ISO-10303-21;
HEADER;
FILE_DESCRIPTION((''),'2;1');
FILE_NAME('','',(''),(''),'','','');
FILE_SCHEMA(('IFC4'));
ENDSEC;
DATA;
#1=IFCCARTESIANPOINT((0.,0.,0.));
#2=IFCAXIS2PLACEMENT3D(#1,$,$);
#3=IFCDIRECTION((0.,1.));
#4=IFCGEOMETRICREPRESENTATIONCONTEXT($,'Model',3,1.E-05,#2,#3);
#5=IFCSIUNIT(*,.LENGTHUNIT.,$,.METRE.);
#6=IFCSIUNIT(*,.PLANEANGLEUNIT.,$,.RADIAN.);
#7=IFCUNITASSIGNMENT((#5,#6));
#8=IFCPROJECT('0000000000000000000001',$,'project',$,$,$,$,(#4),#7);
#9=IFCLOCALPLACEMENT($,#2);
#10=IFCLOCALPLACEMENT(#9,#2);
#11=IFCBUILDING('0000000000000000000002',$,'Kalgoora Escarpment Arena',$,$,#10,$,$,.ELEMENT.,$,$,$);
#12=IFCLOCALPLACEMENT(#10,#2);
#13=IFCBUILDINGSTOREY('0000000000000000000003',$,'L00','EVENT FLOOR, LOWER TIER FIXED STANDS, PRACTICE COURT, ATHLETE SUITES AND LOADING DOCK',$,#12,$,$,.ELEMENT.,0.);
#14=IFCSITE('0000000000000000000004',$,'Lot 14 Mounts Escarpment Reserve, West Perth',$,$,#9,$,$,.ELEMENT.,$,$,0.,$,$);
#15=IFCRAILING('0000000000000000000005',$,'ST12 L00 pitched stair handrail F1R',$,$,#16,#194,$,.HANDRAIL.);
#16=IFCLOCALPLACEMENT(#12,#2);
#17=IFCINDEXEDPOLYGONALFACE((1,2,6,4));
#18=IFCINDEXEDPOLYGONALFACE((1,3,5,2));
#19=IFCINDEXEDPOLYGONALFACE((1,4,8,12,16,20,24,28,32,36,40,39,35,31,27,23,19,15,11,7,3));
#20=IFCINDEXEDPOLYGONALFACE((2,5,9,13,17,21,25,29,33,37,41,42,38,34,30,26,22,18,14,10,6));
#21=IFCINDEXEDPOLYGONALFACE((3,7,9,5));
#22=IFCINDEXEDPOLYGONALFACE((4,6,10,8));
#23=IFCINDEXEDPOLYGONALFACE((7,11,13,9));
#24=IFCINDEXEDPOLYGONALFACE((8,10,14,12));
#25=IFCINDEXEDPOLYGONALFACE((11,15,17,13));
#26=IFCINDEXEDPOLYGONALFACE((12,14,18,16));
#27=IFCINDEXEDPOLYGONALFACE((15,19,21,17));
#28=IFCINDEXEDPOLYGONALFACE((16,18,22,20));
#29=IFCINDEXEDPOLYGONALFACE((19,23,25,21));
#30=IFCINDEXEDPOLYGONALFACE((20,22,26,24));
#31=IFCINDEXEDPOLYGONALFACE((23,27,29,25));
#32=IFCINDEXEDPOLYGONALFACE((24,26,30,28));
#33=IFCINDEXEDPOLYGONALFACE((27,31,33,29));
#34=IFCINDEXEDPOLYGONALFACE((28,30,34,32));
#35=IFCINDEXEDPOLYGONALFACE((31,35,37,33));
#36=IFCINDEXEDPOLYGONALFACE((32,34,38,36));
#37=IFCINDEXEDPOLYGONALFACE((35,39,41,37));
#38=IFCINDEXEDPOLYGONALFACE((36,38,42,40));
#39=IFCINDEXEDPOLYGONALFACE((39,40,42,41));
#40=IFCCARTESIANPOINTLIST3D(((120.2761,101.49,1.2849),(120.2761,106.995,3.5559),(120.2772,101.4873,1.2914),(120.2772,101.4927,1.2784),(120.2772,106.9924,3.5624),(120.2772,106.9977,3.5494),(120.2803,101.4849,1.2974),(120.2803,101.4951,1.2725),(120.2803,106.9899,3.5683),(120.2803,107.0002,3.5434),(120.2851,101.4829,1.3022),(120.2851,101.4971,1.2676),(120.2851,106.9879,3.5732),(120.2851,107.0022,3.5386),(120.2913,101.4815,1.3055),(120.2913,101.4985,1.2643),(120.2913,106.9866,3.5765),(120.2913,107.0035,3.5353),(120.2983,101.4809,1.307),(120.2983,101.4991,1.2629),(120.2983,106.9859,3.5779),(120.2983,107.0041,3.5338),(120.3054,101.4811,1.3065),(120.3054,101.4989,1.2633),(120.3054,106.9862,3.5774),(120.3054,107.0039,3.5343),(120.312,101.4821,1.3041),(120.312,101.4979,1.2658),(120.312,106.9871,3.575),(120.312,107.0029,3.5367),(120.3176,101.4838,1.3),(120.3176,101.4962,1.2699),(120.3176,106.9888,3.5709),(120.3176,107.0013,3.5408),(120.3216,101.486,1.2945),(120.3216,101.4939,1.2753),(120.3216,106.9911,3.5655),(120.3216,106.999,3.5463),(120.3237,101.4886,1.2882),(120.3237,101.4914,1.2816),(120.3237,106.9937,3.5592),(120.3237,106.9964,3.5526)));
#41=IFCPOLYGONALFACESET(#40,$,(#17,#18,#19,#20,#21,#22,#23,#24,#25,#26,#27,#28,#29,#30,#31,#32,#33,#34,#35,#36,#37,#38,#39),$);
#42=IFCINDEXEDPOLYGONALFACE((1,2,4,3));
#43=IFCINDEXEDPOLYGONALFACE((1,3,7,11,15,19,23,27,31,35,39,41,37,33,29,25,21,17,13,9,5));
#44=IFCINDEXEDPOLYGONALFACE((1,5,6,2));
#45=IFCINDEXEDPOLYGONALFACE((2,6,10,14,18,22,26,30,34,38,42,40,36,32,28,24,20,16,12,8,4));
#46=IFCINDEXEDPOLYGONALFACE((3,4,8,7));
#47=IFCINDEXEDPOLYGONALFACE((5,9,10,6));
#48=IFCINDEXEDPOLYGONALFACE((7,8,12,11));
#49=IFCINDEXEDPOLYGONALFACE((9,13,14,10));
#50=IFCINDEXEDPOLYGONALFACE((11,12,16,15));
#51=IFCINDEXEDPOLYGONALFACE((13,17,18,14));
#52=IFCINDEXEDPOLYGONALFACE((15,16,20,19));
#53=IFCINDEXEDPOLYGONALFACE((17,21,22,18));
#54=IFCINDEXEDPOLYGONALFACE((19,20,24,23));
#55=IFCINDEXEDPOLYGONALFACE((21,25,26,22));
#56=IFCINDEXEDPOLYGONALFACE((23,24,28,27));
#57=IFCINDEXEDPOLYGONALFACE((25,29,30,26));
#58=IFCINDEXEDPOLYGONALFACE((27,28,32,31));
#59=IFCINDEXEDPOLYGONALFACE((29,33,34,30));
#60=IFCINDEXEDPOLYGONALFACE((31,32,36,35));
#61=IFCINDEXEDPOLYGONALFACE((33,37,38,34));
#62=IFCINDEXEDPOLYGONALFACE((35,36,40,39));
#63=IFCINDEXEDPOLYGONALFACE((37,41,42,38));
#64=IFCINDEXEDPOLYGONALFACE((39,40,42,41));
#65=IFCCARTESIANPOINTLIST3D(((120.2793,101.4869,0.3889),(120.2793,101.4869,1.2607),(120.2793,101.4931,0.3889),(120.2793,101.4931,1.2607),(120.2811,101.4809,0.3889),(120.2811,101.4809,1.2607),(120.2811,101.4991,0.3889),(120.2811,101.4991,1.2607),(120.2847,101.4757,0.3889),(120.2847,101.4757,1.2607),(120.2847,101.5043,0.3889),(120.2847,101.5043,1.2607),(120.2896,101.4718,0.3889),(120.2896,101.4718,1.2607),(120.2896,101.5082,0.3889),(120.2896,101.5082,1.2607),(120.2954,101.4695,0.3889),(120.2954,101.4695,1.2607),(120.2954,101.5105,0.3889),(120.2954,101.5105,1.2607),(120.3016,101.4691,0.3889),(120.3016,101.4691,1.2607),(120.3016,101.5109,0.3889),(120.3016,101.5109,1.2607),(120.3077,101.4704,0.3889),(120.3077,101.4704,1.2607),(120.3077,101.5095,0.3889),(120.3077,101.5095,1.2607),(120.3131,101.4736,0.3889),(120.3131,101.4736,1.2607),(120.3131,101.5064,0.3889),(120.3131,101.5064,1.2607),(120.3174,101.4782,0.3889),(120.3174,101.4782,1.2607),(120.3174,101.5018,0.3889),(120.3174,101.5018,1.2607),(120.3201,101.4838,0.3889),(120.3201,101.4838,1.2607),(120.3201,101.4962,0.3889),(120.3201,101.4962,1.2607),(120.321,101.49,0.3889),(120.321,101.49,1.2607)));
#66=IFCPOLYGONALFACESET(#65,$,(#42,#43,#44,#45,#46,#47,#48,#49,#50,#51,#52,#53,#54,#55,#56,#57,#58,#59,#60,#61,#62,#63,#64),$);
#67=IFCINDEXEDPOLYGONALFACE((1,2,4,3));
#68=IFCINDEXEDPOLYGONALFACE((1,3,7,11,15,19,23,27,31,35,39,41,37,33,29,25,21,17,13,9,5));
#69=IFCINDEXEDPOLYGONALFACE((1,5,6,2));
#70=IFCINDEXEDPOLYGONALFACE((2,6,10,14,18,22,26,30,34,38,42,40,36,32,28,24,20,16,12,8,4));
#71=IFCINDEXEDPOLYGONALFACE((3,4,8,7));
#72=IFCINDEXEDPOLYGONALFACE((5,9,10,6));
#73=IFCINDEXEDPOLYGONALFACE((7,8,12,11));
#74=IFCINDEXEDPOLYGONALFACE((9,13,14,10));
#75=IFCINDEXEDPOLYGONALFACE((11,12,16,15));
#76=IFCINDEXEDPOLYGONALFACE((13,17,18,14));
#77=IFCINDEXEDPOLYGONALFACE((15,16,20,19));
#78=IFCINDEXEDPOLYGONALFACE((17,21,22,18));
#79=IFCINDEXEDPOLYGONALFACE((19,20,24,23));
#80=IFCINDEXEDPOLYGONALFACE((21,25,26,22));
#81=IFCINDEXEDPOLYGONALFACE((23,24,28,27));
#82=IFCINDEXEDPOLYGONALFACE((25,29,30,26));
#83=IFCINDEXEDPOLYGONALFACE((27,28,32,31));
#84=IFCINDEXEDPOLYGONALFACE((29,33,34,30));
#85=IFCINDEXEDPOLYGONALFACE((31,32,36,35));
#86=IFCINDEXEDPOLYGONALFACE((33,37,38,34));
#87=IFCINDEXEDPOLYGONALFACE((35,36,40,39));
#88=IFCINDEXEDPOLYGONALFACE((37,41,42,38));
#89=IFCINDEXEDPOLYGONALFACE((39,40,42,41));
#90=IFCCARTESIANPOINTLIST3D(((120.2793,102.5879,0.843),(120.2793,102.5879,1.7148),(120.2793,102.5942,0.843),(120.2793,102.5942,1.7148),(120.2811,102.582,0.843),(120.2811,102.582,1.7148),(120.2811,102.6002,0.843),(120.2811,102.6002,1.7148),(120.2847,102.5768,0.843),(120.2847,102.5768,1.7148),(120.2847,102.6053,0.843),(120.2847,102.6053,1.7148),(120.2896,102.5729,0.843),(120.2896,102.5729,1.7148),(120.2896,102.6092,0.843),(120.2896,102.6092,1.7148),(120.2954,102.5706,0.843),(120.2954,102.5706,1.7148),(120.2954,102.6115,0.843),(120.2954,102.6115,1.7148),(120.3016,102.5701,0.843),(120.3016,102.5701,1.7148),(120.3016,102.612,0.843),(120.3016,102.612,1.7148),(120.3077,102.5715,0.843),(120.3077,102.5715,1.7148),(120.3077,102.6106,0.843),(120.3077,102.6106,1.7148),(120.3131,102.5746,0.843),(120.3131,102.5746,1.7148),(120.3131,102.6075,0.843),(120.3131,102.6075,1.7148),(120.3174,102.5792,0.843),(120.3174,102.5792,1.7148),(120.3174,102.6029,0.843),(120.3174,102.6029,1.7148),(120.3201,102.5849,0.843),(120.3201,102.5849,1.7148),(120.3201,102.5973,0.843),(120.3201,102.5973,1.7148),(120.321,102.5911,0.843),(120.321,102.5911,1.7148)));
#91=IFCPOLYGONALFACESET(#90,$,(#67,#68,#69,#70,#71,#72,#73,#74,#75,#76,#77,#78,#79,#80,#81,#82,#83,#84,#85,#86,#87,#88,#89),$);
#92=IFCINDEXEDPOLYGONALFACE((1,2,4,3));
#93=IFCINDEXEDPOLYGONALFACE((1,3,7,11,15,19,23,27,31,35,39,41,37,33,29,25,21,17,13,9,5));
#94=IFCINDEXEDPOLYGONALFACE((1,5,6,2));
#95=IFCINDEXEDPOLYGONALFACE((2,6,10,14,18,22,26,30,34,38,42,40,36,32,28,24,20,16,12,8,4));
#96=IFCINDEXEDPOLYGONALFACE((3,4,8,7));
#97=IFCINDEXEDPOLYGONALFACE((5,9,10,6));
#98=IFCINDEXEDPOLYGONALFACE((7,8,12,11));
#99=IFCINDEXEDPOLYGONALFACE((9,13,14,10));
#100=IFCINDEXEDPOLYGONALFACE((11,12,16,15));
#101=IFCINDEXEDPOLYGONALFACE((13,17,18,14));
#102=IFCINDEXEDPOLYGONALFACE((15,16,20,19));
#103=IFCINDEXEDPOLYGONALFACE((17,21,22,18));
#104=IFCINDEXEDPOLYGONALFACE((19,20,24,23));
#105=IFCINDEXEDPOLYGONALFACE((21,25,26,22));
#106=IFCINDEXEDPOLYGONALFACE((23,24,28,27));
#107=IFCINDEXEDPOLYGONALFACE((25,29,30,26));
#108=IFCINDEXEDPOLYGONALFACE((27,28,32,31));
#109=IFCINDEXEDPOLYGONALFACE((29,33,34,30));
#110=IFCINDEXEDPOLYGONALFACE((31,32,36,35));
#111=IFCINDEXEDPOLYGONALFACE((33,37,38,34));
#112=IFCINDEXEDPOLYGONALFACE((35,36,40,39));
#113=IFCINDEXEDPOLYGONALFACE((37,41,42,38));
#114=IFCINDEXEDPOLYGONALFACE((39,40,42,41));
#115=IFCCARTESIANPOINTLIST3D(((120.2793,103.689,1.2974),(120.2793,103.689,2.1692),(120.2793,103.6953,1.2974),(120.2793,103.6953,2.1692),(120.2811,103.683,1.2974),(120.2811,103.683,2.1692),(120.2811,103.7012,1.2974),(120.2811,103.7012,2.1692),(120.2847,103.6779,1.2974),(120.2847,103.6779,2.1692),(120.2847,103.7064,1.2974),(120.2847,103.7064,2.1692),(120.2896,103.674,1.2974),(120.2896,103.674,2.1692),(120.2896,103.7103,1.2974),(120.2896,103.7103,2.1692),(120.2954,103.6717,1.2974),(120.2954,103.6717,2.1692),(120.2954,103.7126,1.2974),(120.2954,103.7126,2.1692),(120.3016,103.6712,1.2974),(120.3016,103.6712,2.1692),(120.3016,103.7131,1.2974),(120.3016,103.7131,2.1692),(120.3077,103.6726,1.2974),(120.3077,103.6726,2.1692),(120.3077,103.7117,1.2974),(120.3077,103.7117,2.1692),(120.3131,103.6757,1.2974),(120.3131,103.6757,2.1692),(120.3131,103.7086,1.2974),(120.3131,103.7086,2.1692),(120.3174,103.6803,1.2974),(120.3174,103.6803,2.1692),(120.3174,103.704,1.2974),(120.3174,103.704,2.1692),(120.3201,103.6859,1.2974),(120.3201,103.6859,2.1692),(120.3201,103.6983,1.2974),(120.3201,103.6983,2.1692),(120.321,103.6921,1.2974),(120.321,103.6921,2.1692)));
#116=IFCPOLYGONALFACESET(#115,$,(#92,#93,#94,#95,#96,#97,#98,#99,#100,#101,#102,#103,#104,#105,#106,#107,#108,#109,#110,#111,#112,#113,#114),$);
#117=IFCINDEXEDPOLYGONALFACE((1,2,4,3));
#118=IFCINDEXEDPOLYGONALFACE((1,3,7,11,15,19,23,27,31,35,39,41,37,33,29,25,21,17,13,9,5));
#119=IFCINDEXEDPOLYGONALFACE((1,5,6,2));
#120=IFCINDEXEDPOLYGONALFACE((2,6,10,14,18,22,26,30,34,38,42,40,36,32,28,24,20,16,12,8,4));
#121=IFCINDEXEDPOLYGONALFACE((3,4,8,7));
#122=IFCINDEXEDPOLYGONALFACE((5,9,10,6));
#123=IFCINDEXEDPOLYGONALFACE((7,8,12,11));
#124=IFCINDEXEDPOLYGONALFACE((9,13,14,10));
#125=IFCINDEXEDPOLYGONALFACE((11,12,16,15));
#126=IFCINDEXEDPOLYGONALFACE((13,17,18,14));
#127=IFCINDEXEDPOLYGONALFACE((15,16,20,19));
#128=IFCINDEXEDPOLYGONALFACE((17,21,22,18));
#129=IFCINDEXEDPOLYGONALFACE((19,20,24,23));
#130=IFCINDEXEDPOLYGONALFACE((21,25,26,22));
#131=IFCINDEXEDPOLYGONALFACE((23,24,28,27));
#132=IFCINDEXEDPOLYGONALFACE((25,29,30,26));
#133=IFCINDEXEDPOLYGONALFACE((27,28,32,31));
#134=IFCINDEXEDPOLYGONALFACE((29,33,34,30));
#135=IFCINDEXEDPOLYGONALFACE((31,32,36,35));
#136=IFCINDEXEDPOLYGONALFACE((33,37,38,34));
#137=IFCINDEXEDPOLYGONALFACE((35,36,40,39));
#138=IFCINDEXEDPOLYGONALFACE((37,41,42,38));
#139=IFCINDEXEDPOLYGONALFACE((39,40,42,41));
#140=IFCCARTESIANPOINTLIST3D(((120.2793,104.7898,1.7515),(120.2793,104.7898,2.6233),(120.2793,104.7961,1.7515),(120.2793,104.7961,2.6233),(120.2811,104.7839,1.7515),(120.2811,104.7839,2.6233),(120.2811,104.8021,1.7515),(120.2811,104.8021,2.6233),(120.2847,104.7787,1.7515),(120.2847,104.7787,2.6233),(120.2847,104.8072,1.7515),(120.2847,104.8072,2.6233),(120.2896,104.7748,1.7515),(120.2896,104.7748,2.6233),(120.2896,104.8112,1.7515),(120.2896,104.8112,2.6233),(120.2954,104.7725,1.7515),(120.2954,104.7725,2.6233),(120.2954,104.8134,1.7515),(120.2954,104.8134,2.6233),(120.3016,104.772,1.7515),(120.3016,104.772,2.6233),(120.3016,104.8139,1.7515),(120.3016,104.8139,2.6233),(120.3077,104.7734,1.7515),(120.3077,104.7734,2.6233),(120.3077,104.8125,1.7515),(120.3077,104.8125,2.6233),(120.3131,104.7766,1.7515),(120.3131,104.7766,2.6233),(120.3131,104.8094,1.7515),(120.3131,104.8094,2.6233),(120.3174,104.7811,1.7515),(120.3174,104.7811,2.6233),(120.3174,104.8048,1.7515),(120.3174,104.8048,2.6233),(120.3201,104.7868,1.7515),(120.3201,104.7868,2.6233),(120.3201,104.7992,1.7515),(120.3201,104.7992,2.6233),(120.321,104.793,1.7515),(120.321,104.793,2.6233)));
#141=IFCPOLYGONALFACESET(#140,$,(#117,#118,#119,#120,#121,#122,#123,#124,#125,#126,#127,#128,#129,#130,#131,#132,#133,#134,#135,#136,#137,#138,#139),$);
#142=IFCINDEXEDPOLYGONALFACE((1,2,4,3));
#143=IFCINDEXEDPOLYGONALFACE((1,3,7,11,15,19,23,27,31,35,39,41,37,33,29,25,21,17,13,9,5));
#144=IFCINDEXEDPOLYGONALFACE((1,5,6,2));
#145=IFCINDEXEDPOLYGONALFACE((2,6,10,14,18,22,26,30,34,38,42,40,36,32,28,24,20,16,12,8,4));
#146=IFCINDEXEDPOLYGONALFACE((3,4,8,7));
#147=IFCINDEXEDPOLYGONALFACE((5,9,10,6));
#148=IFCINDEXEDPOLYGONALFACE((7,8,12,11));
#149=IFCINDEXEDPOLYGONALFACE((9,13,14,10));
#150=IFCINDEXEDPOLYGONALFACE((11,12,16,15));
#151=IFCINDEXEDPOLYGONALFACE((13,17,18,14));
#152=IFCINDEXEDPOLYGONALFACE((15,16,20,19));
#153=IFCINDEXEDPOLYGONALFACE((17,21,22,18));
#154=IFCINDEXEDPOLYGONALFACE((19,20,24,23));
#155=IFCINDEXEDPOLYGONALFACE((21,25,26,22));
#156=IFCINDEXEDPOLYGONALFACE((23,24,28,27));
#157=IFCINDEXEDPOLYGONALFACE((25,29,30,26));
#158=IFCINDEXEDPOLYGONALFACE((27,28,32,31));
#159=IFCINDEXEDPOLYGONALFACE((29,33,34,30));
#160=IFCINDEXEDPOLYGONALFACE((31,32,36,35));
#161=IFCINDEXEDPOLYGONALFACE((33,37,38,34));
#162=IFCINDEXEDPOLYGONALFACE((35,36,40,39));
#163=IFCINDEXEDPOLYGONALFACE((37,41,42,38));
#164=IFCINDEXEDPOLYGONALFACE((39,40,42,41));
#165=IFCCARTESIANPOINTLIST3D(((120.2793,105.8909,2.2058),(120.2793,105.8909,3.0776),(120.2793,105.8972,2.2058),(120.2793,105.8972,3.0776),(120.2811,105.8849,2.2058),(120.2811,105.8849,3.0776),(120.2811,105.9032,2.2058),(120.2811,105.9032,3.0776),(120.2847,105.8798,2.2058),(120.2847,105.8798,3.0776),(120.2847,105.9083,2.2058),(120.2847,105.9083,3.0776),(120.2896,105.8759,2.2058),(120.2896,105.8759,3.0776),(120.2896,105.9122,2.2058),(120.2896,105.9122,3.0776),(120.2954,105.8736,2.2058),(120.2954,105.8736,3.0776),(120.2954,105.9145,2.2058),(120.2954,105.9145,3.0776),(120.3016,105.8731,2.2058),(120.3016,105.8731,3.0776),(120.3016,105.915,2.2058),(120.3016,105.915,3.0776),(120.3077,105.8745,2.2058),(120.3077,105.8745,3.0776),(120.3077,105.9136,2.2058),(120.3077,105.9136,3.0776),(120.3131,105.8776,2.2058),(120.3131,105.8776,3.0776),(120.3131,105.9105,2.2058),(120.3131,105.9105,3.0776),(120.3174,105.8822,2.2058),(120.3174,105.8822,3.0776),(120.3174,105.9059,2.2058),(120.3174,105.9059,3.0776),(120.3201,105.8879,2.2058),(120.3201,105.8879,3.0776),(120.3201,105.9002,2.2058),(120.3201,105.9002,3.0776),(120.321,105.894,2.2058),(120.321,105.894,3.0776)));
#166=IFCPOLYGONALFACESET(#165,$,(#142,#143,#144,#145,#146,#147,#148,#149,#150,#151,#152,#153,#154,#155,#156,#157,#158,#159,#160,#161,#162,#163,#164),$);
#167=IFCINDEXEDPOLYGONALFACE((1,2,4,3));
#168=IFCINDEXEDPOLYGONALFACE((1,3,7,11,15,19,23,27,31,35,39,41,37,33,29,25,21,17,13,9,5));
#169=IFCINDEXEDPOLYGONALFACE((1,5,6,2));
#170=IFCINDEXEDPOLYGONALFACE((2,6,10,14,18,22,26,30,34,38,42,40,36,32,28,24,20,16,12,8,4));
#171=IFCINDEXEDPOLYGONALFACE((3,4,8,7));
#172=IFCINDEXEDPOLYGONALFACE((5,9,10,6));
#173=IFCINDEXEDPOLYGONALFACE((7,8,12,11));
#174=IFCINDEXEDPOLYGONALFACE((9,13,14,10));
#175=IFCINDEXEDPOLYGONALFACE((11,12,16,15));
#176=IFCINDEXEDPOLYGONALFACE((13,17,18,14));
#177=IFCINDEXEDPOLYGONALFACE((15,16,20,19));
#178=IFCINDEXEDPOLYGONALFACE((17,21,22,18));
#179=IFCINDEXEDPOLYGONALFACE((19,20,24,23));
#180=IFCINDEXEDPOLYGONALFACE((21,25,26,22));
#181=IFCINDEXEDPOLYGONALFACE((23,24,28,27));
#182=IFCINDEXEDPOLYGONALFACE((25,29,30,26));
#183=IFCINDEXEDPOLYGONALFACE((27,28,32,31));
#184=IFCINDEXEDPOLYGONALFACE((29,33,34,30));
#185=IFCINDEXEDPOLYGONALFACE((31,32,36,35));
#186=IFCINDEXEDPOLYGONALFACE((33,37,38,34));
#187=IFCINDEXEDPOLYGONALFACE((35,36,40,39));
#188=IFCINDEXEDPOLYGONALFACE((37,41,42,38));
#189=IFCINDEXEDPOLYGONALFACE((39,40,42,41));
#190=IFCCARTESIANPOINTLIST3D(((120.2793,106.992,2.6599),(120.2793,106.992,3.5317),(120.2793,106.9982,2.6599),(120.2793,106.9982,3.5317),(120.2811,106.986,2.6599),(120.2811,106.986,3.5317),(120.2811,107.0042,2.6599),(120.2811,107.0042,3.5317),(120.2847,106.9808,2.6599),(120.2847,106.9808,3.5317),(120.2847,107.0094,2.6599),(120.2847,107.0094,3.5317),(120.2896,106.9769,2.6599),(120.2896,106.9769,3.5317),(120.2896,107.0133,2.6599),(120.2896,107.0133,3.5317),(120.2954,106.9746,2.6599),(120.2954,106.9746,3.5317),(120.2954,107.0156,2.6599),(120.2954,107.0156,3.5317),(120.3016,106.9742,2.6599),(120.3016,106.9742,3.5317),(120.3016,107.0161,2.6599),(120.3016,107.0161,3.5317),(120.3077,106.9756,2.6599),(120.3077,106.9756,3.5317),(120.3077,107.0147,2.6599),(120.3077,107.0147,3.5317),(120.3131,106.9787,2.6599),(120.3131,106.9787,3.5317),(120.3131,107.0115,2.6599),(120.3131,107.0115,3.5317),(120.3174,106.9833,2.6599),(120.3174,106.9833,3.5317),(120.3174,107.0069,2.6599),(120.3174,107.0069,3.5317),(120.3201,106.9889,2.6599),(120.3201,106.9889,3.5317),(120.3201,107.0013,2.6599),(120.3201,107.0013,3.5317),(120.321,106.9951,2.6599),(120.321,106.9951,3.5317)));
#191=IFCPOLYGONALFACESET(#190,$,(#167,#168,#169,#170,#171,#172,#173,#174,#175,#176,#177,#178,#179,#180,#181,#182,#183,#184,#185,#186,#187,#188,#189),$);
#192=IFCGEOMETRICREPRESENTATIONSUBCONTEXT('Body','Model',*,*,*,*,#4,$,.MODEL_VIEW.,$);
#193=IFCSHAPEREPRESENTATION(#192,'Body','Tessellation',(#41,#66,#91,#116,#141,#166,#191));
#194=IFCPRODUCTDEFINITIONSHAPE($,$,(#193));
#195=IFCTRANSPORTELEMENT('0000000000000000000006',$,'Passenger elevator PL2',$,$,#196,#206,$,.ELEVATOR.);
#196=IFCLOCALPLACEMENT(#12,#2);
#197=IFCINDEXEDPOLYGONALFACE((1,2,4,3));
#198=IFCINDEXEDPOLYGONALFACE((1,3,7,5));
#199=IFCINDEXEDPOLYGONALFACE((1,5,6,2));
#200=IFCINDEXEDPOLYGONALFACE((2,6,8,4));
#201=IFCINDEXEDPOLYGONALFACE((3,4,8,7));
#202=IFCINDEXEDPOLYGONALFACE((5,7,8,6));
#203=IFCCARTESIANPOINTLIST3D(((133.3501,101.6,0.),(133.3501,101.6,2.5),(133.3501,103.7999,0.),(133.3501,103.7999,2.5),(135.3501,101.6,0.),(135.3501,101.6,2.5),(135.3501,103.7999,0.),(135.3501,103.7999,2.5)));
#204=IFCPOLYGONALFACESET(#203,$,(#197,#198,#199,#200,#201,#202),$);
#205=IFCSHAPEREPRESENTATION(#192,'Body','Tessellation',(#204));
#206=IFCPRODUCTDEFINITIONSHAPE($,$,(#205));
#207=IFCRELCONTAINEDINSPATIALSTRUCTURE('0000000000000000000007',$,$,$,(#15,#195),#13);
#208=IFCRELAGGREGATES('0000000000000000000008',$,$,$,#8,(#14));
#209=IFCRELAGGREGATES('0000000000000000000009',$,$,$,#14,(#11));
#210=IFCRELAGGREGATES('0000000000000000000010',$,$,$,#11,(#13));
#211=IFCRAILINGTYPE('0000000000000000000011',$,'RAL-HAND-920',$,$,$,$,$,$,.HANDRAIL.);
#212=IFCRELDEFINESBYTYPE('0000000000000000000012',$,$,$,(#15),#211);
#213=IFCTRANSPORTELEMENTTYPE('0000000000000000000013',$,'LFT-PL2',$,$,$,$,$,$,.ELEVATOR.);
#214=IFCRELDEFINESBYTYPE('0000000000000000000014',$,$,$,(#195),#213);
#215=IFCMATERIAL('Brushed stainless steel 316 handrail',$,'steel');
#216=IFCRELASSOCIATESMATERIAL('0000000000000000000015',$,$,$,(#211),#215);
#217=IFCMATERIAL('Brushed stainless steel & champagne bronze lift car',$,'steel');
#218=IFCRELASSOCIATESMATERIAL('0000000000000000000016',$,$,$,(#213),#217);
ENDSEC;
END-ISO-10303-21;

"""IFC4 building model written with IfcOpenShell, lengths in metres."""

from ifc_helpers import new_model, si_unit, direction, frame, origin, origin_2d, place, context, subcontext, project, spatial, rectangle, circle, extrude, material, type_object, element, save


model = new_model("IFC4")

# Units and contexts
model_context = context("Model", 3, precision=1e-05, world=origin(), true_north=direction((0.0, 1.0)))
body_context = subcontext(model_context, "Body", "Model", "MODEL_VIEW")
ifc_project = project(units=[si_unit("LENGTHUNIT", "METRE"), si_unit("PLANEANGLEUNIT", "RADIAN")], contexts=[model_context])

# Site, building, storey
site_placement = place(None, origin())
site = spatial("IfcSite", under=ifc_project, at=site_placement, Name="Lot 14 Mounts Escarpment Reserve, West Perth", CompositionType="ELEMENT", RefElevation=0.0)
building_placement = place(site_placement, origin())
building = spatial("IfcBuilding", under=site, at=building_placement, Name="Kalgoora Escarpment Arena", CompositionType="ELEMENT")
storey_placement = place(building_placement, origin())
storey = spatial("IfcBuildingStorey", under=building, at=storey_placement, Name="L00", Description="EVENT FLOOR, LOWER TIER FIXED STANDS, PRACTICE COURT, ATHLETE SUITES AND LOADING DOCK", CompositionType="ELEMENT", Elevation=0.0)

# Railing
ifc_material_1 = material(Name="Brushed stainless steel 316 handrail", Category="steel")
railing_type_1 = type_object("IfcRailingType", Name="RAL-HAND-920", PredefinedType="HANDRAIL", material=ifc_material_1)
for number, where, name in (
    (1, (120.3, 101.49, 0.3889), "ST12 L00 pitched stair handrail F1R"),
):
    element("IfcRailing", number, at=place(storey_placement, frame(where)), inside=storey, type_object=railing_type_1, Name=name, PredefinedType="HANDRAIL", context=body_context, shape_type="SweptSolid", body=[
        extrude(circle(Radius=0.0239, at=origin_2d()), frame((0.0, 0.0, 0.896), z_axis=(0.0, 0.924431, 0.38135), x_axis=(-1.0, 0.0, 0.0)), (0.0, 0.0, 1.0), 5.9551),
        extrude(circle(Radius=0.021, at=origin_2d()), origin(), (0.0, 0.0, 1.0), 0.8718),
        extrude(circle(Radius=0.021, at=origin_2d()), frame((0.0, 1.1011, 0.4541)), (0.0, 0.0, 1.0), 0.8718),
        extrude(circle(Radius=0.021, at=origin_2d()), frame((0.0, 2.2021, 0.9084)), (0.0, 0.0, 1.0), 0.8718),
        extrude(circle(Radius=0.021, at=origin_2d()), frame((0.0, 3.303, 1.3625)), (0.0, 0.0, 1.0), 0.8718),
        extrude(circle(Radius=0.021, at=origin_2d()), frame((0.0, 4.4041, 1.8169)), (0.0, 0.0, 1.0), 0.8718),
        extrude(circle(Radius=0.021, at=origin_2d()), frame((0.0, 5.5051, 2.271)), (0.0, 0.0, 1.0), 0.8718),
    ])

# Transport element
ifc_material_2 = material(Name="Brushed stainless steel & champagne bronze lift car", Category="steel")
transport_element_type = type_object("IfcTransportElementType", Name="LFT-PL2", PredefinedType="ELEVATOR", material=ifc_material_2)
transport_element_placement = place(storey_placement, frame((134.3501, 102.7, 0.0), z_axis=(0.0, 0.0, 1.0), x_axis=(1.0, 0.0, 0.0)))
element("IfcTransportElement", 2, at=transport_element_placement, inside=storey, type_object=transport_element_type, Name="Passenger elevator PL2", PredefinedType="ELEVATOR", context=body_context, shape_type="SweptSolid", body=[
    extrude(rectangle(XDim=2.0, YDim=2.2, at=origin_2d()), origin(), (0.0, 0.0, 1.0), 2.5),
])

save(model, "model.ifc")
